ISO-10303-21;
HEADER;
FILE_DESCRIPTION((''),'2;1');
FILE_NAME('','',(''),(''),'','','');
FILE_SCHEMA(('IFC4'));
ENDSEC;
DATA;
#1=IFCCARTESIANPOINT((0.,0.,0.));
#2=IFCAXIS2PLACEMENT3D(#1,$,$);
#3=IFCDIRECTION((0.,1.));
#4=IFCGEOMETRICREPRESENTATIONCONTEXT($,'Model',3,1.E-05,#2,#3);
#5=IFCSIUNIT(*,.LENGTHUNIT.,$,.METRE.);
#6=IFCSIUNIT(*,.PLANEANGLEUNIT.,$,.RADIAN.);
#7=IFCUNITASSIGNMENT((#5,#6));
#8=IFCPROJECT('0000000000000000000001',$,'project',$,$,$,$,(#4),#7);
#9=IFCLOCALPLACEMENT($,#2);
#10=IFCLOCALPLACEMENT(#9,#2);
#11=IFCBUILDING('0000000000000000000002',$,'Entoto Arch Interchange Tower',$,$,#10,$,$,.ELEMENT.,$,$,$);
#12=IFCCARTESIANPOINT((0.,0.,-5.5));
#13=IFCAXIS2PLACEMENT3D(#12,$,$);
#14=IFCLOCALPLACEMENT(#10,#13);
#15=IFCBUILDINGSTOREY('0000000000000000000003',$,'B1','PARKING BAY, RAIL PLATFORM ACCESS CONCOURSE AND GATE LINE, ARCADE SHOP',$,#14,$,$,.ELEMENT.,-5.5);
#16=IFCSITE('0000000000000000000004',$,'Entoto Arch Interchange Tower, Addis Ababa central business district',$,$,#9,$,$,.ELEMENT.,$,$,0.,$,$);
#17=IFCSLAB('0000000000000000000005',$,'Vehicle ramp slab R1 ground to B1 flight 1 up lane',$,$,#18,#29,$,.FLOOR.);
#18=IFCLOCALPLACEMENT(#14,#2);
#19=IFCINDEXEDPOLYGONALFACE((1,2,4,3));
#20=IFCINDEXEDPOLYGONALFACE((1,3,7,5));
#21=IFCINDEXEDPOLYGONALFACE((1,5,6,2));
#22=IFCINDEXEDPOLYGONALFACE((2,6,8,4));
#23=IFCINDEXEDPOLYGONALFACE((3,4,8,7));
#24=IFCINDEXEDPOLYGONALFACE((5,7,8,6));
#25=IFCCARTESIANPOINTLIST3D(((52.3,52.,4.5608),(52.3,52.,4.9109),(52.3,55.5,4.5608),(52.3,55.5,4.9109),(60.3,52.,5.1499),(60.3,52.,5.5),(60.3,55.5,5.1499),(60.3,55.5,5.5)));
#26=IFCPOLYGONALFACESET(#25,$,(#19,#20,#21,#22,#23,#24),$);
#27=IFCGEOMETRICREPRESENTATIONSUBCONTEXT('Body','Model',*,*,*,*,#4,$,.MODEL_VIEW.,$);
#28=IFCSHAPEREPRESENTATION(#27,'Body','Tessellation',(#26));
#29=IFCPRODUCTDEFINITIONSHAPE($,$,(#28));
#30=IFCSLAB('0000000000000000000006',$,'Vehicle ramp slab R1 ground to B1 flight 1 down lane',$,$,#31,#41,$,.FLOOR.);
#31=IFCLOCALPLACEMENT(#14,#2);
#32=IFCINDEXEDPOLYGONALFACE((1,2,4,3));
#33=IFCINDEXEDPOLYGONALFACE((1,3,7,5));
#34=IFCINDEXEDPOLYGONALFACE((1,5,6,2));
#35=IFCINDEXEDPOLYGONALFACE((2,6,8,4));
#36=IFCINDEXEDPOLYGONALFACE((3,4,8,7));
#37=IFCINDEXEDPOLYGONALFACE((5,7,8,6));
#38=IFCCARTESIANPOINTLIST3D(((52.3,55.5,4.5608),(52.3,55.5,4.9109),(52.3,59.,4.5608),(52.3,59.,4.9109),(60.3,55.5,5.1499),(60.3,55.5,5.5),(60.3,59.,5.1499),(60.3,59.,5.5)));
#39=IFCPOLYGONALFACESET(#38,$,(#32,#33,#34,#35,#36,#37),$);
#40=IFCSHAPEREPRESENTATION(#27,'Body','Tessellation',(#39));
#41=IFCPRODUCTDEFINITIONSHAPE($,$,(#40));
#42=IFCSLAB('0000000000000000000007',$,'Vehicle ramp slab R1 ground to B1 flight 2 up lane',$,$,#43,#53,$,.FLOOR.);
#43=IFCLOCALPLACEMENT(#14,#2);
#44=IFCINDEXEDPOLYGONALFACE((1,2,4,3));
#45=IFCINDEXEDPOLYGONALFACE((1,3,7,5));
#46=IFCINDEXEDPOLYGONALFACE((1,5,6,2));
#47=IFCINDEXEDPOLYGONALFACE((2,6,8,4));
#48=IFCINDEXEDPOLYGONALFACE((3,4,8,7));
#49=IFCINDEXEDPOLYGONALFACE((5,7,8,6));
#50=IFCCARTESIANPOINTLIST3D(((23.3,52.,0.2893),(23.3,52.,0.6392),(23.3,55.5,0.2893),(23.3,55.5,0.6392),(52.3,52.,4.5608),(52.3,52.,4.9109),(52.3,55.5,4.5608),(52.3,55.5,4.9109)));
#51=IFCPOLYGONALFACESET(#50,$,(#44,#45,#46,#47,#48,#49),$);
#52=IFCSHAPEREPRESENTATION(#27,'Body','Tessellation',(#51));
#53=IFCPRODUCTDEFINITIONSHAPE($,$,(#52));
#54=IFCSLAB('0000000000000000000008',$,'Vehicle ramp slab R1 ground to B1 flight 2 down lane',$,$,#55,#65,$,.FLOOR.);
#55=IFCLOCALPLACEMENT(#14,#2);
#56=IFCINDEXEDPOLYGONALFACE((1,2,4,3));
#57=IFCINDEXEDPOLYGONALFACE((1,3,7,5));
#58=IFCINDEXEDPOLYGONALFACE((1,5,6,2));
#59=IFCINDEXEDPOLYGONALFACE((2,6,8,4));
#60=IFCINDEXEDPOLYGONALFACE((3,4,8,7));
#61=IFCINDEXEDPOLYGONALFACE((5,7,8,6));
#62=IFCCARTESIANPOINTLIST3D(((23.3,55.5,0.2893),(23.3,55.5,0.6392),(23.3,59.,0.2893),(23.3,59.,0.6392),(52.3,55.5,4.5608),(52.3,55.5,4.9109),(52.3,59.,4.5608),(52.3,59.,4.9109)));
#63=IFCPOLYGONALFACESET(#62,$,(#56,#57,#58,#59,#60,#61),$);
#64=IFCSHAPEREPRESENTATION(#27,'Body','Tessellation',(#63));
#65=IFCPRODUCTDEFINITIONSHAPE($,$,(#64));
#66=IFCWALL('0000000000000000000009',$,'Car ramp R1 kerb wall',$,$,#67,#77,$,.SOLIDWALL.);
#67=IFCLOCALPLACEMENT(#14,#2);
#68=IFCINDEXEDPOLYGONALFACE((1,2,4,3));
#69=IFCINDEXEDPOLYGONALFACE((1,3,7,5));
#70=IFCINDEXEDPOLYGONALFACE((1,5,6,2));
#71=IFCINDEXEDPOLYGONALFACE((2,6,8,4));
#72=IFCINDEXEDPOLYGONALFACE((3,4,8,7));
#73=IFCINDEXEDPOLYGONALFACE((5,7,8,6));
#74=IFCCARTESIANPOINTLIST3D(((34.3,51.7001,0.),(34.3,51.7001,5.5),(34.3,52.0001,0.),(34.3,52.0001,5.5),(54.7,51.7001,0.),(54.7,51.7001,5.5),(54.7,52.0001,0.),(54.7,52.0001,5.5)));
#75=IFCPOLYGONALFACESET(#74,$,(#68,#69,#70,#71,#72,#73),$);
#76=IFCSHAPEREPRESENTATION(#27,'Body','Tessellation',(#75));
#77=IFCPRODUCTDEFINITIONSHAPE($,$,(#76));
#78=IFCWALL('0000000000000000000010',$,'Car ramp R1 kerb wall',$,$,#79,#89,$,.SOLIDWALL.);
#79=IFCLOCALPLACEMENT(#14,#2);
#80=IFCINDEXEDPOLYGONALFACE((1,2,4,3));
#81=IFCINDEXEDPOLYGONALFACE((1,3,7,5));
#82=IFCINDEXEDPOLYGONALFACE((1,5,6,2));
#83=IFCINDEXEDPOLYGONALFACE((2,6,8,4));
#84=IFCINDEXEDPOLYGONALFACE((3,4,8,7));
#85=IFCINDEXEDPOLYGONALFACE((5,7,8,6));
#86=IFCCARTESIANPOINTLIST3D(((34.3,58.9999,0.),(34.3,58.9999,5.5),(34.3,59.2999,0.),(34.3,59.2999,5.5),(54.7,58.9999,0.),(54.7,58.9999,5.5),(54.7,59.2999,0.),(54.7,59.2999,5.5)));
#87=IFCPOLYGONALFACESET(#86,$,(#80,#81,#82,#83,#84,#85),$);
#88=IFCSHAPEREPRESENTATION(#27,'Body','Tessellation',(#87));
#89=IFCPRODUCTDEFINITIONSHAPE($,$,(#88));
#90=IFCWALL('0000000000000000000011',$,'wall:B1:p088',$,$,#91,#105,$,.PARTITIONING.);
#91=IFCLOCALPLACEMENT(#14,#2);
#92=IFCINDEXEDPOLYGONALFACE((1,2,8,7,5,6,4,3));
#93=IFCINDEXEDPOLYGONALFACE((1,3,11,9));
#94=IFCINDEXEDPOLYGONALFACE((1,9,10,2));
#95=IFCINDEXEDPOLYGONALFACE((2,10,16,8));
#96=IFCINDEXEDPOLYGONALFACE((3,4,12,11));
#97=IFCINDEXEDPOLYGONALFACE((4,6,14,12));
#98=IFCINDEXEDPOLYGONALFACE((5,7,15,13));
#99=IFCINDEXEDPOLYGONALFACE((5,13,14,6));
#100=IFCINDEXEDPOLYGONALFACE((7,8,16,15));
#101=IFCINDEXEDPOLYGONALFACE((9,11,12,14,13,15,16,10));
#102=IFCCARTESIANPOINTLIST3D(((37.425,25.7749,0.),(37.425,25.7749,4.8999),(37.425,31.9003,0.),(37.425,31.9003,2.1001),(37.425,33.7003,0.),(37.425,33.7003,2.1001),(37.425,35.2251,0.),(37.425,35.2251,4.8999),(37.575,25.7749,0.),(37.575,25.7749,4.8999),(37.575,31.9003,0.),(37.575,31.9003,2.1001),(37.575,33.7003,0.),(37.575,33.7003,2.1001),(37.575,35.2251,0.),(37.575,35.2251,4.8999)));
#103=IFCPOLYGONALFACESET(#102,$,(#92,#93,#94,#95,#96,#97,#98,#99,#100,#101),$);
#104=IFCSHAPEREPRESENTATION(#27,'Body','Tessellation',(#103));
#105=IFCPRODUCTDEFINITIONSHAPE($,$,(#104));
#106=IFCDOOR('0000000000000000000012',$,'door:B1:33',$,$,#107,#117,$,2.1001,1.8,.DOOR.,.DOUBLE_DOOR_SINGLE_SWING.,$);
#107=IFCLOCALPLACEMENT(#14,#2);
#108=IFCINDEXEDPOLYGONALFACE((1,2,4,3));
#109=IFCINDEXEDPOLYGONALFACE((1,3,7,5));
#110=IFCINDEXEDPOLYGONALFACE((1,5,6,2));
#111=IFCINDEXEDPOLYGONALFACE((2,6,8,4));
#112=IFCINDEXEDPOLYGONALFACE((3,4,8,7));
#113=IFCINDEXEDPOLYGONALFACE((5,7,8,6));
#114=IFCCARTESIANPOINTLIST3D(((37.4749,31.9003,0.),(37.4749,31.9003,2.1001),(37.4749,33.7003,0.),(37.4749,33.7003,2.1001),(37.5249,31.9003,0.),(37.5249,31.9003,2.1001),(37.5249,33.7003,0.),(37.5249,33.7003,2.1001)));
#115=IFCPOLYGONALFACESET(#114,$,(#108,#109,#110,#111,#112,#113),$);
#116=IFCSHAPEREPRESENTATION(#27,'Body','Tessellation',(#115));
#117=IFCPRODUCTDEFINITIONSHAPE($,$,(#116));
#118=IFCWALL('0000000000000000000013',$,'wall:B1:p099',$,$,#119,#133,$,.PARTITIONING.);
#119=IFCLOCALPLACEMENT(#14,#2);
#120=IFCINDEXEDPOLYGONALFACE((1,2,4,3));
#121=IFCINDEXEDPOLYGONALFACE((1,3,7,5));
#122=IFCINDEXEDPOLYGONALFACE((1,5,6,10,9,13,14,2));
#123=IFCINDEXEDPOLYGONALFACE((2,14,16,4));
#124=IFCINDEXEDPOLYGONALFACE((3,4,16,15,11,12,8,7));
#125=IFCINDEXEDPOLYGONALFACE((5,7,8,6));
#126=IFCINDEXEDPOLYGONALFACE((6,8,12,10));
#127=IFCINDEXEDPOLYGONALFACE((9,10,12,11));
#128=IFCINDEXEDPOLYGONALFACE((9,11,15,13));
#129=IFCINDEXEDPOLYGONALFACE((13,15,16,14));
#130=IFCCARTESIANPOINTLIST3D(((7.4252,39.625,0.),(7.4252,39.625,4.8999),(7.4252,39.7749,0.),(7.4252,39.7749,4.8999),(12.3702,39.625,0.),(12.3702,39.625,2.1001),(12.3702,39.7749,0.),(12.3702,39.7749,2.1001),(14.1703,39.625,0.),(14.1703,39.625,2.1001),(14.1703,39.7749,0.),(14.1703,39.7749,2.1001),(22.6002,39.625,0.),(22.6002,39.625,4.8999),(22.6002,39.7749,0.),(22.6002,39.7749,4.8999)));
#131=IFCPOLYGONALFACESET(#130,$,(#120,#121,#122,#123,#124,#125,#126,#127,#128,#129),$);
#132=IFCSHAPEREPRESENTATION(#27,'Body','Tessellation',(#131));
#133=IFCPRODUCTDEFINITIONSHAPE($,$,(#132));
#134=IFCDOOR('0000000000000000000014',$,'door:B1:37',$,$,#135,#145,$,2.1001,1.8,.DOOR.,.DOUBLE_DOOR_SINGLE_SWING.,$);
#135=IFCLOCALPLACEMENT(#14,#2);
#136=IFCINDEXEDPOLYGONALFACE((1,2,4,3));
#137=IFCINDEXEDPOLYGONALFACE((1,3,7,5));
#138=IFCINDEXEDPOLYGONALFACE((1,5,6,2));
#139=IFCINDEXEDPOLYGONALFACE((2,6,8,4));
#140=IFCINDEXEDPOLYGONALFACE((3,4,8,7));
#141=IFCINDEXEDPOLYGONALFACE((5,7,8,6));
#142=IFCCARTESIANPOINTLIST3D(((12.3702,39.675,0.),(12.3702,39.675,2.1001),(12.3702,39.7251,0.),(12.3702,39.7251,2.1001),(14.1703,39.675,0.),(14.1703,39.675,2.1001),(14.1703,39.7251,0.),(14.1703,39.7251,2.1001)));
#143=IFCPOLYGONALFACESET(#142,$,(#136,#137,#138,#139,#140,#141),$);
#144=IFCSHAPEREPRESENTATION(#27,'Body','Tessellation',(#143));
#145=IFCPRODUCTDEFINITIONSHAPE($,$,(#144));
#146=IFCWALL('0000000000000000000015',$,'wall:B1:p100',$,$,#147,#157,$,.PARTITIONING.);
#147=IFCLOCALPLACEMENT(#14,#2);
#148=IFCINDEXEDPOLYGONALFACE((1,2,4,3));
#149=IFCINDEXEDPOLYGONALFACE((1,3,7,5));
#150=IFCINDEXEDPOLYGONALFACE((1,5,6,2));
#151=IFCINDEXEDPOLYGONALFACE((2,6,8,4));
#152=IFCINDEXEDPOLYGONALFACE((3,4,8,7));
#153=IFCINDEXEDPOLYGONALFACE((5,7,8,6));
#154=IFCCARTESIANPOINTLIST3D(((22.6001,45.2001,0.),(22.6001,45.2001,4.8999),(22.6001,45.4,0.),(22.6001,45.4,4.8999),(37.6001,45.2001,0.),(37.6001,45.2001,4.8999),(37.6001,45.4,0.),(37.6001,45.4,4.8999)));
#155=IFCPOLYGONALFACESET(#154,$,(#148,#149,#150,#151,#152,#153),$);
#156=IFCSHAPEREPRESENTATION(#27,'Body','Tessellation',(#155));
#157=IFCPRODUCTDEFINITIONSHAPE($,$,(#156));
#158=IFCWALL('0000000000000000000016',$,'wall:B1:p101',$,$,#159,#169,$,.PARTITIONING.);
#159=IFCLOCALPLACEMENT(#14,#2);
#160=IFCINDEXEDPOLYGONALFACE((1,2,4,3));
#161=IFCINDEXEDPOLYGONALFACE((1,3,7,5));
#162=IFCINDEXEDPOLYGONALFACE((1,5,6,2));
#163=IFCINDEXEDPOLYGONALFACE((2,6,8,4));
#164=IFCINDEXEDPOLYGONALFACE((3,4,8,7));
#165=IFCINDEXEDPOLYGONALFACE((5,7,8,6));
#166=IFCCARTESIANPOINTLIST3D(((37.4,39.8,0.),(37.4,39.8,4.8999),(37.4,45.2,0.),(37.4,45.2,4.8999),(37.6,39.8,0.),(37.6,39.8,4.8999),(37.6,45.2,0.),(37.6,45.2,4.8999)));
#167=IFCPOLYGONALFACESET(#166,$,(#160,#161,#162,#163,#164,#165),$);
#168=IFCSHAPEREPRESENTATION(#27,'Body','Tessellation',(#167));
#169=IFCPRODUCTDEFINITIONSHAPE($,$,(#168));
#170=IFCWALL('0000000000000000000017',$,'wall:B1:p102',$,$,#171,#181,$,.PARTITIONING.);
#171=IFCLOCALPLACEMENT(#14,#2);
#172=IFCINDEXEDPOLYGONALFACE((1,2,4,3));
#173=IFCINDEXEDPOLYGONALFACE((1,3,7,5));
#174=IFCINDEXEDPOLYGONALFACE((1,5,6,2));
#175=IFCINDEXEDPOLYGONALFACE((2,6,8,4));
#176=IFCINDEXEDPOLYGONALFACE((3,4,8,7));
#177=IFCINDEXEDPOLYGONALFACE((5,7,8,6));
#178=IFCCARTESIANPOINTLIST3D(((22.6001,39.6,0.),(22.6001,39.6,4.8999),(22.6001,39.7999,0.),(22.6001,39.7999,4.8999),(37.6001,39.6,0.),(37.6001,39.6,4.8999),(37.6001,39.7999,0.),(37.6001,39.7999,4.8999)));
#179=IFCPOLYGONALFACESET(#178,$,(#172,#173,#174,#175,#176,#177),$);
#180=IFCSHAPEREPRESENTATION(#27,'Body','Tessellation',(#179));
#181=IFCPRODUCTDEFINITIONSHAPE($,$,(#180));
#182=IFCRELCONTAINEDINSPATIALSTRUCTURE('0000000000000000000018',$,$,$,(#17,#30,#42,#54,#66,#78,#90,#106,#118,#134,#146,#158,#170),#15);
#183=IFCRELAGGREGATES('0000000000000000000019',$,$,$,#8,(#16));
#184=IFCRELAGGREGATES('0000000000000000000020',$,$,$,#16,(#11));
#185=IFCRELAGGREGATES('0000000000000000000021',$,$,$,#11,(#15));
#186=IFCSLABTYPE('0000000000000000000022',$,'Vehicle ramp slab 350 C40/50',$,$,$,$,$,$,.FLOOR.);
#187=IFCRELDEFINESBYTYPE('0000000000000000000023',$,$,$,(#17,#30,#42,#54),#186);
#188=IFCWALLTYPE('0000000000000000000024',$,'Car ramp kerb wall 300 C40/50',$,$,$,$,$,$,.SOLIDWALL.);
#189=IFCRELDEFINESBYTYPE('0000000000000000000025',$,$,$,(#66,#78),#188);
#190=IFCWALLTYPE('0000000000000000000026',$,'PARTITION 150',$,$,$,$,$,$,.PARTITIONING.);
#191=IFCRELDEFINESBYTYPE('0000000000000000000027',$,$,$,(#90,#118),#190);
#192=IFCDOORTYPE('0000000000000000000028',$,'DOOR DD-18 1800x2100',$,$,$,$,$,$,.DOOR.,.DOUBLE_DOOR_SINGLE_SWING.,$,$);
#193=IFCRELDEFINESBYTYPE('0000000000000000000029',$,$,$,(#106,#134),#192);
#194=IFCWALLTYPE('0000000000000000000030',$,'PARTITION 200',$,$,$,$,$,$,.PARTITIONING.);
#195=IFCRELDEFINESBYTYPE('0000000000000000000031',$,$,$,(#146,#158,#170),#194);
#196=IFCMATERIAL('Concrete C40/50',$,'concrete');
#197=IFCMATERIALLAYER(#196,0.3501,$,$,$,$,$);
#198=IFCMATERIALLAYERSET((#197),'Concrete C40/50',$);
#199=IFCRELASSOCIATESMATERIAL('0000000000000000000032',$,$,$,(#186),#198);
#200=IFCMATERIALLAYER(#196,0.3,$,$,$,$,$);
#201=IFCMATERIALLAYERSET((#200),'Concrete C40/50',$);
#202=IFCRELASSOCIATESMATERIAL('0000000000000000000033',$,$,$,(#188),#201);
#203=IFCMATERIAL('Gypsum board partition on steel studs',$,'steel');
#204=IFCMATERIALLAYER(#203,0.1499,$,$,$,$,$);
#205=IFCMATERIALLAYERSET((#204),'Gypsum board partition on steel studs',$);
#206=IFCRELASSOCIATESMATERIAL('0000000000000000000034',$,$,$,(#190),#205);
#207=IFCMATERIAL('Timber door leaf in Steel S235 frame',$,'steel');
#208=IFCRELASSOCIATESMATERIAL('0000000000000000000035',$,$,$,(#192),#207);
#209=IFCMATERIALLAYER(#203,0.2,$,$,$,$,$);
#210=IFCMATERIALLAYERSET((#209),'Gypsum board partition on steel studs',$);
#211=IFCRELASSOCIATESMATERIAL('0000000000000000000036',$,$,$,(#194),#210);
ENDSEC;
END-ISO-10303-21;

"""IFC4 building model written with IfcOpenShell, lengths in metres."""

from ifc_helpers import new_model, si_unit, direction, frame, frame_2d, origin, place, context, subcontext, project, spatial, polyline, rectangle, outline, extrude, material, layer, layer_set, type_object, element, fill, save


model = new_model("IFC4")

# Units and contexts
model_context = context("Model", 3, precision=1e-05, world=origin(), true_north=direction((0.0, 1.0)))
body_context = subcontext(model_context, "Body", "Model", "MODEL_VIEW")
ifc_project = project(units=[si_unit("LENGTHUNIT", "METRE"), si_unit("PLANEANGLEUNIT", "RADIAN")], contexts=[model_context])

# Site, building, storey
site_placement = place(None, origin())
site = spatial("IfcSite", under=ifc_project, at=site_placement, Name="Entoto Arch Interchange Tower, Addis Ababa central business district", CompositionType="ELEMENT", RefElevation=0.0)
building_placement = place(site_placement, origin())
building = spatial("IfcBuilding", under=site, at=building_placement, Name="Entoto Arch Interchange Tower", CompositionType="ELEMENT")
storey_placement = place(building_placement, frame((0.0, 0.0, -5.5)))
storey = spatial("IfcBuildingStorey", under=building, at=storey_placement, Name="B1", Description="PARKING BAY, RAIL PLATFORM ACCESS CONCOURSE AND GATE LINE, ARCADE SHOP", CompositionType="ELEMENT", Elevation=-5.5)

# Shared definitions
ifc_material_1 = material(Name="Concrete C40/50", Category="concrete")

# Slabs
ifc_layer_1 = layer(ifc_material_1, 0.3501)
ifc_layer_set_1 = layer_set([ifc_layer_1], Name="Concrete C40/50")
slab_type = type_object("IfcSlabType", Name="Vehicle ramp slab 350 C40/50", PredefinedType="FLOOR", material=ifc_layer_set_1)
for number, where, z_axis, x_axis, name in (
    (1, (52.3, 52.0, 4.9109), (0.0, 0.0, 1.0), (1.0, 0.0, 0.0), "Vehicle ramp slab R1 ground to B1 flight 1 up lane"),
    (2, (52.3, 55.5, 4.9109), (0.0, 0.0, 1.0), (1.0, 0.0, 0.0), "Vehicle ramp slab R1 ground to B1 flight 1 down lane"),
):
    element("IfcSlab", number, at=place(storey_placement, frame(where, z_axis=z_axis, x_axis=x_axis)), inside=storey, type_object=slab_type, Name=name, PredefinedType="FLOOR", context=body_context, shape_type="SweptSolid", body=[
        extrude(outline(polyline([(0.0, -0.3501), (8.0, 0.239), (8.0, 0.5891), (0.0, 0.0), (0.0, -0.3501)])), frame((0.0, 3.5, 0.0), z_axis=(0.0, -1.0, 0.0), x_axis=(1.0, 0.0, 0.0)), (0.0, 0.0, 1.0), 3.5),
    ])
for number, where, z_axis, x_axis, name in (
    (3, (23.3, 52.0, 0.6392), (0.0, 0.0, 1.0), (1.0, 0.0, 0.0), "Vehicle ramp slab R1 ground to B1 flight 2 up lane"),
    (4, (23.3, 55.5, 0.6392), (0.0, 0.0, 1.0), (1.0, 0.0, 0.0), "Vehicle ramp slab R1 ground to B1 flight 2 down lane"),
):
    element("IfcSlab", number, at=place(storey_placement, frame(where, z_axis=z_axis, x_axis=x_axis)), inside=storey, type_object=slab_type, Name=name, PredefinedType="FLOOR", context=body_context, shape_type="SweptSolid", body=[
        extrude(outline(polyline([(0.0, -0.3499), (29.0, 3.9216), (29.0, 4.2717), (0.0, 0.0), (0.0, -0.3499)])), frame((0.0, 3.5, 0.0), z_axis=(0.0, -1.0, 0.0), x_axis=(1.0, 0.0, 0.0)), (0.0, 0.0, 1.0), 3.5),
    ])

# Walls
ifc_layer_2 = layer(ifc_material_1, 0.3)
ifc_layer_set_2 = layer_set([ifc_layer_2], Name="Concrete C40/50")
wall_type_1 = type_object("IfcWallType", Name="Car ramp kerb wall 300 C40/50", PredefinedType="SOLIDWALL", material=ifc_layer_set_2)
for number, where, z_axis, x_axis, name in (
    (5, (34.3, 51.8501, 0.0), (0.0, 0.0, 1.0), (1.0, 0.0, 0.0), "Car ramp R1 kerb wall"),
    (6, (34.3, 59.1499, 0.0), (0.0, 0.0, 1.0), (1.0, 0.0, 0.0), "Car ramp R1 kerb wall"),
):
    element("IfcWall", number, at=place(storey_placement, frame(where, z_axis=z_axis, x_axis=x_axis)), inside=storey, type_object=wall_type_1, Name=name, PredefinedType="SOLIDWALL", context=body_context, shape_type="SweptSolid", body=[
        extrude(rectangle(XDim=20.3999, YDim=0.3, at=frame_2d((10.2, 0.0))), origin(), (0.0, 0.0, 1.0), 5.5),
    ])

# Walls, openings, doors
ifc_material_2 = material(Name="Gypsum board partition on steel studs", Category="steel")
ifc_layer_3 = layer(ifc_material_2, 0.1499)
ifc_layer_set_3 = layer_set([ifc_layer_3], Name="Gypsum board partition on steel studs")
wall_type_2 = type_object("IfcWallType", Name="PARTITION 150", PredefinedType="PARTITIONING", material=ifc_layer_set_3)
wall_1_placement = place(storey_placement, frame((37.5, 35.2251, 0.0), z_axis=(0.0, 0.0, 1.0), x_axis=(0.0, -1.0, 0.0)))
wall_1 = element("IfcWall", 7, at=wall_1_placement, inside=storey, type_object=wall_type_2, Name="wall:B1:p088", PredefinedType="PARTITIONING", context=body_context, shape_type="SweptSolid", body=[
    extrude(rectangle(XDim=9.4502, YDim=0.1499, at=frame_2d((4.7251, 0.0))), origin(), (0.0, 0.0, 1.0), 4.8999),
])
opening_1_placement = place(wall_1_placement, frame((1.5249, 0.0, 0.0)))
opening_1 = element("IfcOpeningElement", 8, at=opening_1_placement, cuts=wall_1, PredefinedType="OPENING", context=body_context, shape_type="SweptSolid", body=[
    extrude(rectangle(XDim=1.8, YDim=2.1001, at=frame_2d((0.8999, 1.05))), frame((0.0, 0.085, 0.0), z_axis=(0.0, -1.0, 0.0), x_axis=(1.0, 0.0, 0.0)), (0.0, 0.0, 1.0), 0.1699),
])
ifc_material_3 = material(Name="Timber door leaf in Steel S235 frame", Category="steel")
door_type = type_object("IfcDoorType", Name="DOOR DD-18 1800x2100", OperationType="DOUBLE_DOOR_SINGLE_SWING", PredefinedType="DOOR", material=ifc_material_3)
door_1_placement = place(opening_1_placement, origin())
door_1 = element("IfcDoor", 9, at=door_1_placement, inside=storey, type_object=door_type, Name="door:B1:33", OperationType="DOUBLE_DOOR_SINGLE_SWING", OverallHeight=2.1001, OverallWidth=1.8, PredefinedType="DOOR", context=body_context, shape_type="SweptSolid", body=[
    extrude(rectangle(XDim=1.8, YDim=2.1001, at=frame_2d((0.8999, 1.05))), frame((0.0, 0.0249, 0.0), z_axis=(0.0, -1.0, 0.0), x_axis=(1.0, 0.0, 0.0)), (0.0, 0.0, 1.0), 0.05),
])
fill(opening_1, door_1)
wall_2_placement = place(storey_placement, frame((22.6001, 39.7, 0.0), z_axis=(0.0, 0.0, 1.0), x_axis=(-1.0, 0.0, 0.0)))
wall_2 = element("IfcWall", 10, at=wall_2_placement, inside=storey, type_object=wall_type_2, Name="wall:B1:p099", PredefinedType="PARTITIONING", context=body_context, shape_type="SweptSolid", body=[
    extrude(rectangle(XDim=15.175, YDim=0.1499, at=frame_2d((7.5874, 0.0))), origin(), (0.0, 0.0, 1.0), 4.8999),
])
opening_2_placement = place(wall_2_placement, frame((8.4299, 0.0, 0.0)))
opening_2 = element("IfcOpeningElement", 11, at=opening_2_placement, cuts=wall_2, PredefinedType="OPENING", context=body_context, shape_type="SweptSolid", body=[
    extrude(rectangle(XDim=1.8, YDim=2.1001, at=frame_2d((0.8999, 1.05))), frame((0.0, 0.085, 0.0), z_axis=(0.0, -1.0, 0.0), x_axis=(1.0, 0.0, 0.0)), (0.0, 0.0, 1.0), 0.1699),
])
door_2_placement = place(opening_2_placement, origin())
door_2 = element("IfcDoor", 12, at=door_2_placement, inside=storey, type_object=door_type, Name="door:B1:37", OperationType="DOUBLE_DOOR_SINGLE_SWING", OverallHeight=2.1001, OverallWidth=1.8, PredefinedType="DOOR", context=body_context, shape_type="SweptSolid", body=[
    extrude(rectangle(XDim=1.8, YDim=2.1001, at=frame_2d((0.8999, 1.05))), frame((0.0, 0.0249, 0.0), z_axis=(0.0, -1.0, 0.0), x_axis=(1.0, 0.0, 0.0)), (0.0, 0.0, 1.0), 0.05),
])
fill(opening_2, door_2)

# Walls
ifc_layer_4 = layer(ifc_material_2, 0.2)
ifc_layer_set_4 = layer_set([ifc_layer_4], Name="Gypsum board partition on steel studs")
wall_type_3 = type_object("IfcWallType", Name="PARTITION 200", PredefinedType="PARTITIONING", material=ifc_layer_set_4)
wall_3_placement = place(storey_placement, frame((22.6001, 45.3, 0.0), z_axis=(0.0, 0.0, 1.0), x_axis=(1.0, 0.0, 0.0)))
element("IfcWall", 13, at=wall_3_placement, inside=storey, type_object=wall_type_3, Name="wall:B1:p100", PredefinedType="PARTITIONING", context=body_context, shape_type="SweptSolid", body=[
    extrude(rectangle(XDim=15.0, YDim=0.2, at=frame_2d((7.5, 0.0))), origin(), (0.0, 0.0, 1.0), 4.8999),
])
wall_4_placement = place(storey_placement, frame((37.5, 45.2, 0.0), z_axis=(0.0, 0.0, 1.0), x_axis=(0.0, -1.0, 0.0)))
element("IfcWall", 14, at=wall_4_placement, inside=storey, type_object=wall_type_3, Name="wall:B1:p101", PredefinedType="PARTITIONING", context=body_context, shape_type="SweptSolid", body=[
    extrude(rectangle(XDim=5.3999, YDim=0.2, at=frame_2d((2.7, 0.0))), origin(), (0.0, 0.0, 1.0), 4.8999),
])
wall_5_placement = place(storey_placement, frame((37.6001, 39.7, 0.0), z_axis=(0.0, 0.0, 1.0), x_axis=(-1.0, 0.0, 0.0)))
element("IfcWall", 15, at=wall_5_placement, inside=storey, type_object=wall_type_3, Name="wall:B1:p102", PredefinedType="PARTITIONING", context=body_context, shape_type="SweptSolid", body=[
    extrude(rectangle(XDim=15.0, YDim=0.2, at=frame_2d((7.5, 0.0))), origin(), (0.0, 0.0, 1.0), 4.8999),
])

save(model, "model.ifc")
